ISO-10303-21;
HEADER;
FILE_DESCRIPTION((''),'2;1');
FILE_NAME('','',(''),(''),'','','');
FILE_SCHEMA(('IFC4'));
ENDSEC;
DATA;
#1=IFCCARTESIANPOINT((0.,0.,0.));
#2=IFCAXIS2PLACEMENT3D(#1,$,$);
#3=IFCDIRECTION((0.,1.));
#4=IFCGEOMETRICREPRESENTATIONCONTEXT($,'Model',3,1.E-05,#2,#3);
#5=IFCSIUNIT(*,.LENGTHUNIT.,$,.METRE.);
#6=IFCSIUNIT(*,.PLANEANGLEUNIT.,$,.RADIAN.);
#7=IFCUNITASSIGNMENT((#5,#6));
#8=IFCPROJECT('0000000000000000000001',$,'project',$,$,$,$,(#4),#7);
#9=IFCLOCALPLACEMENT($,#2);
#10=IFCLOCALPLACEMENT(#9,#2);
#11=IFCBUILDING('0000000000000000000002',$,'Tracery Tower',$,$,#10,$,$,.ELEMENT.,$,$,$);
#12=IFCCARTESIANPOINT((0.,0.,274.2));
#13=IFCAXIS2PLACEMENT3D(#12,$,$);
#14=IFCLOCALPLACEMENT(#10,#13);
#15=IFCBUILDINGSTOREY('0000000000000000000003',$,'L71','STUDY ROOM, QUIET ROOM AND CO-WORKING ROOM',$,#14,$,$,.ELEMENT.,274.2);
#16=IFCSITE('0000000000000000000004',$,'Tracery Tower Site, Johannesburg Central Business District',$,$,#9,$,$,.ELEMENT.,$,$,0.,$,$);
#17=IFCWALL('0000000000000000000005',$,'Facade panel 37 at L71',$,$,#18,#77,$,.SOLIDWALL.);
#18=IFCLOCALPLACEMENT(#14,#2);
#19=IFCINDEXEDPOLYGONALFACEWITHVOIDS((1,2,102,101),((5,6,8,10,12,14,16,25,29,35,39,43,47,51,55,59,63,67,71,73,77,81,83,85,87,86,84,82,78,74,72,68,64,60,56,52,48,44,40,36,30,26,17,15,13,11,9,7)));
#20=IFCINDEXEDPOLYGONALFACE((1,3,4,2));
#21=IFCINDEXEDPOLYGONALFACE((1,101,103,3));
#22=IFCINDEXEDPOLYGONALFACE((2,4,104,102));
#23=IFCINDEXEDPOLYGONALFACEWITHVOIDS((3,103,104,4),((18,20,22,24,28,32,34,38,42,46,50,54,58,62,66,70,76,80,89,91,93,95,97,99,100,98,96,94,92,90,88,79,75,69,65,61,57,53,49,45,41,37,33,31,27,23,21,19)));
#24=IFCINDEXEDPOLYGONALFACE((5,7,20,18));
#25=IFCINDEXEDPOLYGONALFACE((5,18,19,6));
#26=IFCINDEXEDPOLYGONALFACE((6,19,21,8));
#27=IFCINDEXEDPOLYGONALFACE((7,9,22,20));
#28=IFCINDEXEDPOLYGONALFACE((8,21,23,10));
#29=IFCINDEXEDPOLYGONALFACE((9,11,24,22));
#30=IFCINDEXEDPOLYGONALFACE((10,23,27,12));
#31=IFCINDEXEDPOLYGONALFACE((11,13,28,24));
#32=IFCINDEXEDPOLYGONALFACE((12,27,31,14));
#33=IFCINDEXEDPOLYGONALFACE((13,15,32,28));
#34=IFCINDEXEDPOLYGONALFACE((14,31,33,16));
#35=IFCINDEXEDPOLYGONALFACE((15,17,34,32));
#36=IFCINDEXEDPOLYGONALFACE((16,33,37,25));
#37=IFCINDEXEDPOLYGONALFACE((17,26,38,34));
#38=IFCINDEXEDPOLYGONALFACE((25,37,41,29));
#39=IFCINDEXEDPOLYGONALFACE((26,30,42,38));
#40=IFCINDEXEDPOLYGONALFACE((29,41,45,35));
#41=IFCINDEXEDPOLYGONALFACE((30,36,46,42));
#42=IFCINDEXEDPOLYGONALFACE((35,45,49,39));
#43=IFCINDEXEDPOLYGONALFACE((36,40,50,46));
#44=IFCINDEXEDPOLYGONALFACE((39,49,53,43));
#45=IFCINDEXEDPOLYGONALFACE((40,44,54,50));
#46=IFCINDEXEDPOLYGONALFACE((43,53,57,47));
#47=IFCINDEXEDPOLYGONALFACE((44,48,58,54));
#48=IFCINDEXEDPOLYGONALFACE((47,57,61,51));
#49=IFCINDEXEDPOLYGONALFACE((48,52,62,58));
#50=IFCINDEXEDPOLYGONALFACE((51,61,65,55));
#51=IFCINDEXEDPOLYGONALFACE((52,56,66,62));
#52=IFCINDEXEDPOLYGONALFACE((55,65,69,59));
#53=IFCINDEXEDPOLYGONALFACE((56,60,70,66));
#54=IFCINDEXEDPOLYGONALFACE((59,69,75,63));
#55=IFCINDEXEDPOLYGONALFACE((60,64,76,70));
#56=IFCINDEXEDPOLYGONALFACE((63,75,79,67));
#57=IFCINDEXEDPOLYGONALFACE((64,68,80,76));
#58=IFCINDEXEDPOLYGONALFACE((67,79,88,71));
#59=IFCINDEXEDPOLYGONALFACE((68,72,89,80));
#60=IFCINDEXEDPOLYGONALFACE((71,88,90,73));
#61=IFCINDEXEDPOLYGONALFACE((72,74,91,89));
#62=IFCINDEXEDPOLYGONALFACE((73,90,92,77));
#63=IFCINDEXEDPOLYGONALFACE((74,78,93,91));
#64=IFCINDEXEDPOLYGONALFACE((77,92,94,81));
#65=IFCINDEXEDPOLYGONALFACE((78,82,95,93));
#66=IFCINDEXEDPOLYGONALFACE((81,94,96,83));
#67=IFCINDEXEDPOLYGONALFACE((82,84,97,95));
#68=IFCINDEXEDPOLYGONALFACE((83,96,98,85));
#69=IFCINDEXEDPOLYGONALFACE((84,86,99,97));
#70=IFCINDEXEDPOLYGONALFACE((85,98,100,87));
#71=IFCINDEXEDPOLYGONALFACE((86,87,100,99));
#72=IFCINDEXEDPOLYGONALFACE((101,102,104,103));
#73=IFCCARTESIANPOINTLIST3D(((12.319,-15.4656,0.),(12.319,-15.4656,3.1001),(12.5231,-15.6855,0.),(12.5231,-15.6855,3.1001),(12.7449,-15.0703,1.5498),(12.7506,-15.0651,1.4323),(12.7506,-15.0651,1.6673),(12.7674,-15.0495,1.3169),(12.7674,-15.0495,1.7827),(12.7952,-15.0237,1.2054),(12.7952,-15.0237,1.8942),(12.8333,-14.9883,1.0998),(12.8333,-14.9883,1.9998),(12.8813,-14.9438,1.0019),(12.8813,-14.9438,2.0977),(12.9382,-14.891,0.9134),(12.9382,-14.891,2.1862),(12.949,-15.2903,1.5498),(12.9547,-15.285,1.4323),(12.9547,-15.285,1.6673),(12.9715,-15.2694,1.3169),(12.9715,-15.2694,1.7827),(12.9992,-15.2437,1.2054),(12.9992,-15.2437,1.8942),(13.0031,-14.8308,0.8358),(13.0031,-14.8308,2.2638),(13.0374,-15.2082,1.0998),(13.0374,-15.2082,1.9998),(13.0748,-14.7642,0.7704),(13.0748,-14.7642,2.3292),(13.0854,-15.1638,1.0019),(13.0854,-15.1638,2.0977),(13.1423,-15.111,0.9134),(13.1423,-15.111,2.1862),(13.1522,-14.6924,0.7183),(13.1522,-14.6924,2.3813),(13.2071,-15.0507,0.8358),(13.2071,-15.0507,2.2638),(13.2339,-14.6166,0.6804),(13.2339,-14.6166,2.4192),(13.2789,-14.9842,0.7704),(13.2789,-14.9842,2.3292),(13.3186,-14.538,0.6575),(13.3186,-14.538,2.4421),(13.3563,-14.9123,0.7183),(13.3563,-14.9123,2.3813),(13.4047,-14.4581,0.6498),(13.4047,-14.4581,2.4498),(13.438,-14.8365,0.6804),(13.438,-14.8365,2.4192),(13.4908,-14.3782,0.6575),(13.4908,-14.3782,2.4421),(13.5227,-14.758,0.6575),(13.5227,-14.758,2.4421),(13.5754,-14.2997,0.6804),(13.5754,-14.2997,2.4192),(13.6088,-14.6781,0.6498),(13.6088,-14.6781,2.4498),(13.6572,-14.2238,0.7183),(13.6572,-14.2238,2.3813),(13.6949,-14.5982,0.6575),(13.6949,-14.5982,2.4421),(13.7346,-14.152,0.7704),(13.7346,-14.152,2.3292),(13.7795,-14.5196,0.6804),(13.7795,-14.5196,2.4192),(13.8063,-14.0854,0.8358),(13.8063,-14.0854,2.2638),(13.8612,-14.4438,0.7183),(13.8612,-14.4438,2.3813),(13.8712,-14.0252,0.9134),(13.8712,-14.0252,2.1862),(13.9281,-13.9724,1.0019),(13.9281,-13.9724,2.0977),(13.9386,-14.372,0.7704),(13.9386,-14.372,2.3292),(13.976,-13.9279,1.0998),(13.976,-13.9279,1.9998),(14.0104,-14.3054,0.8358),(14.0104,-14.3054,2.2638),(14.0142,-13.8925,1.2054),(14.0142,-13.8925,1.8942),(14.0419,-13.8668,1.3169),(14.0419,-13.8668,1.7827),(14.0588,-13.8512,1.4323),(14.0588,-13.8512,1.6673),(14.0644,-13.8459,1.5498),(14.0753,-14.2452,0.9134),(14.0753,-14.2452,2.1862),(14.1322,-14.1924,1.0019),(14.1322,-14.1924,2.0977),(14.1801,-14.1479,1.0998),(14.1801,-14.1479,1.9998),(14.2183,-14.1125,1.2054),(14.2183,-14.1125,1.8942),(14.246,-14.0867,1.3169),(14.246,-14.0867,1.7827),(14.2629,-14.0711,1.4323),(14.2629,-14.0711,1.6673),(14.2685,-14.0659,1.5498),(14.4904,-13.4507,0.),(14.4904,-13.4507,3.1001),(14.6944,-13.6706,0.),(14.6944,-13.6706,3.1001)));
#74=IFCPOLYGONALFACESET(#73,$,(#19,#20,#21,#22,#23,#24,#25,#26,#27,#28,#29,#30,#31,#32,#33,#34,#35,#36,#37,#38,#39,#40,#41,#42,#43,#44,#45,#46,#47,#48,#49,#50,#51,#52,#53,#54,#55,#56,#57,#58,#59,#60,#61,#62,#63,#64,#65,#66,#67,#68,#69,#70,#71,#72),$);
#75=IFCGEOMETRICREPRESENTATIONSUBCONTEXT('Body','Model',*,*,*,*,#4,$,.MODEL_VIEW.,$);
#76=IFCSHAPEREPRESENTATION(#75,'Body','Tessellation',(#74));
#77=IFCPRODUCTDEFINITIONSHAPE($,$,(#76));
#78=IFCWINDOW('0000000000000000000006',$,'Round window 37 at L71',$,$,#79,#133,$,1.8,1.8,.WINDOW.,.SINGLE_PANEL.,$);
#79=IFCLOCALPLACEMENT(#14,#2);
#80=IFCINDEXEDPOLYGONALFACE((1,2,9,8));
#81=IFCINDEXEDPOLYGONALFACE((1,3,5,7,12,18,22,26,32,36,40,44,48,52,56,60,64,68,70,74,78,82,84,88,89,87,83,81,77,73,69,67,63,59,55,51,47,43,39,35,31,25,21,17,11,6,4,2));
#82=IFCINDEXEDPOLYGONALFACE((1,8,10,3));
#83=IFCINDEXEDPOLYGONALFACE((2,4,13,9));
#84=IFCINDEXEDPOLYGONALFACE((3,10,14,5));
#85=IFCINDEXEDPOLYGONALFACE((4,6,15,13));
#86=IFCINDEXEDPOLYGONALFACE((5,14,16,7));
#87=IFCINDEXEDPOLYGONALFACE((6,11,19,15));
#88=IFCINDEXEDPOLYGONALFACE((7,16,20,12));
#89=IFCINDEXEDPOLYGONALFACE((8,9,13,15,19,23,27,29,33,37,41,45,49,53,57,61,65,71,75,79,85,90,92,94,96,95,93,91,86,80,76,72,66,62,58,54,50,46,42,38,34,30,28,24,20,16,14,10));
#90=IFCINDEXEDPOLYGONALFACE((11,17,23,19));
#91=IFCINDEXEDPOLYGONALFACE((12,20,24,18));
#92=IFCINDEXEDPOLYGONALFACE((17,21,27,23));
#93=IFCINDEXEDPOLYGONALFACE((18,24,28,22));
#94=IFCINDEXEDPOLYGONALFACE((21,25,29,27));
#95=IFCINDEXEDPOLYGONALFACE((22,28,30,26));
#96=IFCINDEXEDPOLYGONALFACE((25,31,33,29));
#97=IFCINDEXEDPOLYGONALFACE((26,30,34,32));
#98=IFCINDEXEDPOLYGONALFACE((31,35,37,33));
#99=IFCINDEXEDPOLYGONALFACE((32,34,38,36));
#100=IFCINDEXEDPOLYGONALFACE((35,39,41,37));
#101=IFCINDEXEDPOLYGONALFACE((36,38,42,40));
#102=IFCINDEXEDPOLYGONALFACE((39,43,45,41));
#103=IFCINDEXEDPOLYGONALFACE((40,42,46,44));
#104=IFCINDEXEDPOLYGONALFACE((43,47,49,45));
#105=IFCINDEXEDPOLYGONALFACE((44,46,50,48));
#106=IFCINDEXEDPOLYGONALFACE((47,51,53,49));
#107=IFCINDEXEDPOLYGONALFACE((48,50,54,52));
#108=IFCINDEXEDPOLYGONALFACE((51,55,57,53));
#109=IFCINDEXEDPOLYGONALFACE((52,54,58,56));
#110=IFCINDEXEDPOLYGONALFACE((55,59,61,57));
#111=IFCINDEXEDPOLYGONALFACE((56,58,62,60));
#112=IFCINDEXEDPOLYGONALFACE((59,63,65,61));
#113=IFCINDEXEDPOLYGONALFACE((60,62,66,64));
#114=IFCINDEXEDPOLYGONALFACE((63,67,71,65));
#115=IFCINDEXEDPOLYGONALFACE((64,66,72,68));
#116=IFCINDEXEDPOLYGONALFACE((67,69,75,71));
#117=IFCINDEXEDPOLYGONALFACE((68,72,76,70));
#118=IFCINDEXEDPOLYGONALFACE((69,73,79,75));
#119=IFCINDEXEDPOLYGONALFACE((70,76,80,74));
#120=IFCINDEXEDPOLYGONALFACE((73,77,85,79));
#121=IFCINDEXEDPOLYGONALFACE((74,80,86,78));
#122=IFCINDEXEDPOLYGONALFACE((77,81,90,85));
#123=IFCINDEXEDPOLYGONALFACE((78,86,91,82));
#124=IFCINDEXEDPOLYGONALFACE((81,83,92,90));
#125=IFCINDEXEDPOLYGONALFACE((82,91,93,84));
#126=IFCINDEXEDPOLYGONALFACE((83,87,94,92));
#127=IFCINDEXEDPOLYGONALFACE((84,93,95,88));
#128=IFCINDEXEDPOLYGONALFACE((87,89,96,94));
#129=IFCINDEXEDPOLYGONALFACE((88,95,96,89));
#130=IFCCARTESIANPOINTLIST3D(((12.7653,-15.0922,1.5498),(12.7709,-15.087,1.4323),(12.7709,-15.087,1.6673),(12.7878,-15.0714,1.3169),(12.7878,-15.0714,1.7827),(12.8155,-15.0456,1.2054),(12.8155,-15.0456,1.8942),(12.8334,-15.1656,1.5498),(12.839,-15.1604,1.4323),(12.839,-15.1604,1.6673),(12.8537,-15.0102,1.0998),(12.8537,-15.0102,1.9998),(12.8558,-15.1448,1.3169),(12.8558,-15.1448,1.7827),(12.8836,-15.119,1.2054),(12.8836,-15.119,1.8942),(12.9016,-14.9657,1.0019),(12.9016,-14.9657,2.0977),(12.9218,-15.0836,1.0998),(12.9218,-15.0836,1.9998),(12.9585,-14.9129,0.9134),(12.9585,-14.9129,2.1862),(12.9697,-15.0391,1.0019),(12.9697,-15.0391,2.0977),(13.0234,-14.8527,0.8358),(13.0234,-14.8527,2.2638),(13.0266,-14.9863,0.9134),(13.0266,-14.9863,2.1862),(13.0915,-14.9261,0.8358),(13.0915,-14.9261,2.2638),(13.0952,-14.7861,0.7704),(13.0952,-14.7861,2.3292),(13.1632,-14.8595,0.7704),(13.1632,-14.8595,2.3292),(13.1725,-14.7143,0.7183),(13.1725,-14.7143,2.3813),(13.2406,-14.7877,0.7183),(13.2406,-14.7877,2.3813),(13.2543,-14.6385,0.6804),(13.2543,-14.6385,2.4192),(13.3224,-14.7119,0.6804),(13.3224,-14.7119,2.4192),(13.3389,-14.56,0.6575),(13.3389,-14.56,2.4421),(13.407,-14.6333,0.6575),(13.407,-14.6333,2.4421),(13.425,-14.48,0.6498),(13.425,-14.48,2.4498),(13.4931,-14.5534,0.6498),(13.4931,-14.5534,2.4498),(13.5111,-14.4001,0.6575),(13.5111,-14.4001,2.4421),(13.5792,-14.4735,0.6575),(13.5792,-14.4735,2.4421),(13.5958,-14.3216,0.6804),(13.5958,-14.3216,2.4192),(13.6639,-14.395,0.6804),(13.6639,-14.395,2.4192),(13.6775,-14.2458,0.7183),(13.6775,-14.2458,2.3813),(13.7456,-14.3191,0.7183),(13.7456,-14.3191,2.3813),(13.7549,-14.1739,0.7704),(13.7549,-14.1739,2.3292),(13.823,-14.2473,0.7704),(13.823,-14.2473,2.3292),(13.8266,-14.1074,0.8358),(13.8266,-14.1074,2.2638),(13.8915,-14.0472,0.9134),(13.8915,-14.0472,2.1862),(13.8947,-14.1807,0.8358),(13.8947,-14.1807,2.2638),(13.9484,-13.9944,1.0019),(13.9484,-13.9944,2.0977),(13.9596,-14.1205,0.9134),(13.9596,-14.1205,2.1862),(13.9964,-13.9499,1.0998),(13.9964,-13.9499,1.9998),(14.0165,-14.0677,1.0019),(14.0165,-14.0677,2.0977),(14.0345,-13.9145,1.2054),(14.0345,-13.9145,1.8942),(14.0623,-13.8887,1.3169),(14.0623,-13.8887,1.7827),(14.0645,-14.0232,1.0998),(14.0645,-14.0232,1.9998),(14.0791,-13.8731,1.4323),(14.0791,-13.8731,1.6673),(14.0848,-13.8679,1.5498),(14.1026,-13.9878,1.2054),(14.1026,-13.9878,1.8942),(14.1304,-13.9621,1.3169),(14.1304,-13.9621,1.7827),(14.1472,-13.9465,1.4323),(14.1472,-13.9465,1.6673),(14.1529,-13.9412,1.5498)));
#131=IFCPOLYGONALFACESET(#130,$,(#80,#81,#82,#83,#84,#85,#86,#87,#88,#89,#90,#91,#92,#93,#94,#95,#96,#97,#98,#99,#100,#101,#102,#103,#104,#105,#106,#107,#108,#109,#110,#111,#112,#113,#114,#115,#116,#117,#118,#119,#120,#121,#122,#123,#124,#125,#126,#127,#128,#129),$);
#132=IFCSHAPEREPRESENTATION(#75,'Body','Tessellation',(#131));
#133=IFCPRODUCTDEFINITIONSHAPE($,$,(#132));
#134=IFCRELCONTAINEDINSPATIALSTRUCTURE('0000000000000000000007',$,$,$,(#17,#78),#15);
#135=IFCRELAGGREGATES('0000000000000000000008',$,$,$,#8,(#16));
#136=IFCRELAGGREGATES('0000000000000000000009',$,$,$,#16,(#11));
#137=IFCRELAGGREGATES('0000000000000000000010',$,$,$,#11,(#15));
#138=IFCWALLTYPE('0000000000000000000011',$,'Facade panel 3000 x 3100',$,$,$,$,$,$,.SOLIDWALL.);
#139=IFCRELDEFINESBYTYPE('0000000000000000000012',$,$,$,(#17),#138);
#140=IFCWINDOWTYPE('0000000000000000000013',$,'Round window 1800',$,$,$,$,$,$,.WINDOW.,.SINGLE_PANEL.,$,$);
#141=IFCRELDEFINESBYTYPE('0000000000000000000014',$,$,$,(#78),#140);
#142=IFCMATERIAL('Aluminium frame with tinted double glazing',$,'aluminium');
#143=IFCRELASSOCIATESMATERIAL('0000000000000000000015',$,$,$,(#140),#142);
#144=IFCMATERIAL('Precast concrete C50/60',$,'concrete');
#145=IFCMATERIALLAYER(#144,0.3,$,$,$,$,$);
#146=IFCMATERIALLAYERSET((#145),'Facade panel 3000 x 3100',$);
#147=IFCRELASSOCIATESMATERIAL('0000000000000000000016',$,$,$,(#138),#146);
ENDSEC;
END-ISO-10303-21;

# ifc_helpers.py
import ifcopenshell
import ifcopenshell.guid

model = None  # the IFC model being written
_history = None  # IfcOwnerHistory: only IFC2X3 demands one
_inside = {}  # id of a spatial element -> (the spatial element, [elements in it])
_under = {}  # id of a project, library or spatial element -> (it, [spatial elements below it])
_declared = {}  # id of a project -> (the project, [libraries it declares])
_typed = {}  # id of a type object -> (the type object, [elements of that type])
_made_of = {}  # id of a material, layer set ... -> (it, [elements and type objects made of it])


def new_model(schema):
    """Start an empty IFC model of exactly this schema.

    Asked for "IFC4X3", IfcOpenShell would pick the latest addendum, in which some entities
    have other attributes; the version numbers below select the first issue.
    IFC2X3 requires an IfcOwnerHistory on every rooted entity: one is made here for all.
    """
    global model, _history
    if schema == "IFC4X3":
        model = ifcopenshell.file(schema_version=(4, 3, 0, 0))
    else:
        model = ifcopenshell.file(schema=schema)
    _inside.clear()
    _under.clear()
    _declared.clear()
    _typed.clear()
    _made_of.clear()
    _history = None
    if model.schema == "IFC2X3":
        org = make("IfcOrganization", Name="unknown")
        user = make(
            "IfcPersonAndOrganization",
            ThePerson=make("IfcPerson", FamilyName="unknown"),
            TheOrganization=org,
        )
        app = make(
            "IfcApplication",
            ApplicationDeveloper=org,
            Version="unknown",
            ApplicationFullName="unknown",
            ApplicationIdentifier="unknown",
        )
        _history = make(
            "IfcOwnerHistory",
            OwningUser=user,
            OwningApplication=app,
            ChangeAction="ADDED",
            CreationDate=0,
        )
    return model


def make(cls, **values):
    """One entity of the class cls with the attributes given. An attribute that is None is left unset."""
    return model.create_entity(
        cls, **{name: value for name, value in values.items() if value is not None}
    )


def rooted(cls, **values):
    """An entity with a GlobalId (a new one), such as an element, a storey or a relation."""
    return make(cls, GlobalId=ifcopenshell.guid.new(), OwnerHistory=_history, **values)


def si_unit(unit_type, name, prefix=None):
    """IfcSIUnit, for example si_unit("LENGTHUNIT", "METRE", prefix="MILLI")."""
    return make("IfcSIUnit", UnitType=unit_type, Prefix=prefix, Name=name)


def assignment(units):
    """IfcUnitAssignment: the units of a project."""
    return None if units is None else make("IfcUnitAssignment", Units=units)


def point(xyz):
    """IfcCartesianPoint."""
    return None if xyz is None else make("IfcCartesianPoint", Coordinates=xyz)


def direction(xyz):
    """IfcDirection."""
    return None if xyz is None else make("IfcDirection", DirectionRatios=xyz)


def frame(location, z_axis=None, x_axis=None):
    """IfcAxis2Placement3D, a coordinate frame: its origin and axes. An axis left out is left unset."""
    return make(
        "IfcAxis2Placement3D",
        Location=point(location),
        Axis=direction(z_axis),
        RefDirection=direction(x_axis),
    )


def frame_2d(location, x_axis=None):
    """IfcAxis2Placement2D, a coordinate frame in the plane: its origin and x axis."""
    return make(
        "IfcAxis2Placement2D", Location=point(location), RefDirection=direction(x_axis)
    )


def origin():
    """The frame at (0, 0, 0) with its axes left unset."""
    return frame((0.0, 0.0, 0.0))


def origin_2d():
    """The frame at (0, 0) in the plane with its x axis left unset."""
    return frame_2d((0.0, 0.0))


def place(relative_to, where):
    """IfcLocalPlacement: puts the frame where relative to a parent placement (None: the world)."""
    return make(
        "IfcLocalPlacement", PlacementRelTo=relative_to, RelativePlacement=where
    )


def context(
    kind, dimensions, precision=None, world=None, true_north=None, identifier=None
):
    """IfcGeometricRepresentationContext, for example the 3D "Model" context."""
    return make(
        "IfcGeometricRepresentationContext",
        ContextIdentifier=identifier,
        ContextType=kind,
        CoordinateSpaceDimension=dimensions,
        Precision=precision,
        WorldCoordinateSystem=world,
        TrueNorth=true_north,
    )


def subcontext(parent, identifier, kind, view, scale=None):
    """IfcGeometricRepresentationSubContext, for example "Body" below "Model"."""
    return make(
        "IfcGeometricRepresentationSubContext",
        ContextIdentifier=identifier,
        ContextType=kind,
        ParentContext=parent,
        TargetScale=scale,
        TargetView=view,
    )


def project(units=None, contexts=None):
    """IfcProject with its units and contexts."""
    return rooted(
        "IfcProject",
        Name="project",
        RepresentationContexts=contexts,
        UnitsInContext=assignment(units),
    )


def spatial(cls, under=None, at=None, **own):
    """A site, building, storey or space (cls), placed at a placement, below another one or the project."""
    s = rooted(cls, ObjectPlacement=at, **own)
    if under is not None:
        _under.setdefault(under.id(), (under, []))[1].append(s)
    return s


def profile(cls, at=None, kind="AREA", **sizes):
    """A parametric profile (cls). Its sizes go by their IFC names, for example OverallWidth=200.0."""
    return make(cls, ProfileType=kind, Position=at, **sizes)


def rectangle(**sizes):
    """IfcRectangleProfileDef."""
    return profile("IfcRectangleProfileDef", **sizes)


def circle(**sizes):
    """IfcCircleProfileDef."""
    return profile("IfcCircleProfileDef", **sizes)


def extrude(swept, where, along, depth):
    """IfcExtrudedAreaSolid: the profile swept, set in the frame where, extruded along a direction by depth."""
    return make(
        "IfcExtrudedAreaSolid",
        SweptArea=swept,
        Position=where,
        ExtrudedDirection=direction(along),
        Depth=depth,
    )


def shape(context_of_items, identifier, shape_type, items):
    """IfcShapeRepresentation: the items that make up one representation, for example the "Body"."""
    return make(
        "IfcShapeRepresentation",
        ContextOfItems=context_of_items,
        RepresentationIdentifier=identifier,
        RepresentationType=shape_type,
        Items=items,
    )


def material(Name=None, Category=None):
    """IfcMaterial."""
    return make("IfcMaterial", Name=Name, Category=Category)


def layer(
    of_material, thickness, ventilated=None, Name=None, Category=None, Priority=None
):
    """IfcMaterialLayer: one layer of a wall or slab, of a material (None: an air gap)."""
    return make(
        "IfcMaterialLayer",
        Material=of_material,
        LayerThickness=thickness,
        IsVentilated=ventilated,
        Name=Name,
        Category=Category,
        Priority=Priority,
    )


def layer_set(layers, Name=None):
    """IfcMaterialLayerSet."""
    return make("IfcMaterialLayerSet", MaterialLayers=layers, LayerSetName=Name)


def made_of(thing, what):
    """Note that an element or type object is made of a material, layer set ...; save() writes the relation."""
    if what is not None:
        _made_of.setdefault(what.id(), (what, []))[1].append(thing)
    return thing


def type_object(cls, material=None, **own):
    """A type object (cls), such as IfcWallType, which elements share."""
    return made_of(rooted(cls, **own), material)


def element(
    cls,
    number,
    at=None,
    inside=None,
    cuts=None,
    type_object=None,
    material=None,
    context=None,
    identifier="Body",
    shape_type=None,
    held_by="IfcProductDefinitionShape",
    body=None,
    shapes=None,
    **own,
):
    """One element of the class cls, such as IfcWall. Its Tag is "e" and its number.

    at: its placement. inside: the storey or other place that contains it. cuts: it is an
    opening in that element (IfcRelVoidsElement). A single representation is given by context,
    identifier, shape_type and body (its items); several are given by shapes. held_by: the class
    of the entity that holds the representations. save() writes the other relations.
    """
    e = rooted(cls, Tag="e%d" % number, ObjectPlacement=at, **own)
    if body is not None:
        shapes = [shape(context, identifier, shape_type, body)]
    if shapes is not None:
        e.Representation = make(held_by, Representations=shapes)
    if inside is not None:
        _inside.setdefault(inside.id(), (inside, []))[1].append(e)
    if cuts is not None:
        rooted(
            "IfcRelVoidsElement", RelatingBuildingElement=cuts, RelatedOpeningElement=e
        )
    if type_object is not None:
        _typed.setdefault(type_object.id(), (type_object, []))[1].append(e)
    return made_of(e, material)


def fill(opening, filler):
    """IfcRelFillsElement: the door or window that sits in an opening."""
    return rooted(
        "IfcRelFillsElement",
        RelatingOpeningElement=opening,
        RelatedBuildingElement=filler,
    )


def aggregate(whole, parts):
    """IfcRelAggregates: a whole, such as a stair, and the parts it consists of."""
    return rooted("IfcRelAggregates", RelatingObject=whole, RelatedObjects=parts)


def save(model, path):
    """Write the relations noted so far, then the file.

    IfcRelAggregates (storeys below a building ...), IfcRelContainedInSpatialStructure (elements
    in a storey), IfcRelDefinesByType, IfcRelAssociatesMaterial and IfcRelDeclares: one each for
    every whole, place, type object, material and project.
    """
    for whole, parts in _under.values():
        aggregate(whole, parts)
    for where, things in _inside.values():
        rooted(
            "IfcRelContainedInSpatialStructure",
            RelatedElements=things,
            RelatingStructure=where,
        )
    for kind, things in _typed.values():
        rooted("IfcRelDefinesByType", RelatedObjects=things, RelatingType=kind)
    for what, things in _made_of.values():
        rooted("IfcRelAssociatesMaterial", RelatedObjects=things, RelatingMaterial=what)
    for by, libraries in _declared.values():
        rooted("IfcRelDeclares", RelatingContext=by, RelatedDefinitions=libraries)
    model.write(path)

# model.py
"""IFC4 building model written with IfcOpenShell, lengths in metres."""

from ifc_helpers import new_model, si_unit, direction, frame, frame_2d, origin, origin_2d, place, context, subcontext, project, spatial, rectangle, circle, extrude, material, layer, layer_set, type_object, element, fill, save


model = new_model("IFC4")

# Units and contexts
model_context = context("Model", 3, precision=1e-05, world=origin(), true_north=direction((0.0, 1.0)))
body_context = subcontext(model_context, "Body", "Model", "MODEL_VIEW")
ifc_project = project(units=[si_unit("LENGTHUNIT", "METRE"), si_unit("PLANEANGLEUNIT", "RADIAN")], contexts=[model_context])

# Site, building, storey
site_placement = place(None, origin())
site = spatial("IfcSite", under=ifc_project, at=site_placement, Name="Tracery Tower Site, Johannesburg Central Business District", CompositionType="ELEMENT", RefElevation=0.0)
building_placement = place(site_placement, origin())
building = spatial("IfcBuilding", under=site, at=building_placement, Name="Tracery Tower", CompositionType="ELEMENT")
storey_placement = place(building_placement, frame((0.0, 0.0, 274.2)))
storey = spatial("IfcBuildingStorey", under=building, at=storey_placement, Name="L71", Description="STUDY ROOM, QUIET ROOM AND CO-WORKING ROOM", CompositionType="ELEMENT", Elevation=274.2)

# Wall, opening, window
ifc_material_1 = material(Name="Aluminium frame with tinted double glazing", Category="aluminium")
window_type = type_object("IfcWindowType", Name="Round window 1800", PartitioningType="SINGLE_PANEL", PredefinedType="WINDOW", material=ifc_material_1)
ifc_material_2 = material(Name="Precast concrete C50/60", Category="concrete")
ifc_layer_1 = layer(ifc_material_2, 0.3)
ifc_layer_set_1 = layer_set([ifc_layer_1], Name="Facade panel 3000 x 3100")
wall_type_1 = type_object("IfcWallType", Name="Facade panel 3000 x 3100", PredefinedType="SOLIDWALL", material=ifc_layer_set_1)
wall_1_placement = place(storey_placement, frame((12.4211, -15.5754, 0.0), z_axis=(0.0, 0.0, 1.0), x_axis=(0.733028, 0.680198, 0.0)))
wall_1 = element("IfcWall", 1, at=wall_1_placement, inside=storey, type_object=wall_type_1, Name="Facade panel 37 at L71", PredefinedType="SOLIDWALL", context=body_context, shape_type="SweptSolid", body=[
    extrude(rectangle(XDim=2.9622, YDim=0.3, at=frame_2d((1.481, 0.0))), origin(), (0.0, 0.0, 1.0), 3.1001),
])
opening_1_placement = place(wall_1_placement, frame((1.481, 0.0, 1.5498)))
opening_1 = element("IfcOpeningElement", 2, at=opening_1_placement, cuts=wall_1, PredefinedType="OPENING", context=body_context, shape_type="SweptSolid", body=[
    extrude(circle(Radius=0.9, at=origin_2d()), frame((0.0, 0.1599, 0.0), z_axis=(0.0, -1.0, 0.0), x_axis=(1.0, 0.0, 0.0)), (0.0, 0.0, 1.0), 0.3201),
])
window_1_placement = place(opening_1_placement, origin())
window_1 = element("IfcWindow", 3, at=window_1_placement, inside=storey, type_object=window_type, Name="Round window 37 at L71", OverallHeight=1.8, OverallWidth=1.8, PartitioningType="SINGLE_PANEL", PredefinedType="WINDOW", context=body_context, shape_type="SweptSolid", body=[
    extrude(circle(Radius=0.9, at=origin_2d()), frame((0.0, 0.1201, 0.0), z_axis=(0.0, -1.0, 0.0), x_axis=(1.0, 0.0, 0.0)), (0.0, 0.0, 1.0), 0.1001),
])
fill(opening_1, window_1)

save(model, "model.ifc")
